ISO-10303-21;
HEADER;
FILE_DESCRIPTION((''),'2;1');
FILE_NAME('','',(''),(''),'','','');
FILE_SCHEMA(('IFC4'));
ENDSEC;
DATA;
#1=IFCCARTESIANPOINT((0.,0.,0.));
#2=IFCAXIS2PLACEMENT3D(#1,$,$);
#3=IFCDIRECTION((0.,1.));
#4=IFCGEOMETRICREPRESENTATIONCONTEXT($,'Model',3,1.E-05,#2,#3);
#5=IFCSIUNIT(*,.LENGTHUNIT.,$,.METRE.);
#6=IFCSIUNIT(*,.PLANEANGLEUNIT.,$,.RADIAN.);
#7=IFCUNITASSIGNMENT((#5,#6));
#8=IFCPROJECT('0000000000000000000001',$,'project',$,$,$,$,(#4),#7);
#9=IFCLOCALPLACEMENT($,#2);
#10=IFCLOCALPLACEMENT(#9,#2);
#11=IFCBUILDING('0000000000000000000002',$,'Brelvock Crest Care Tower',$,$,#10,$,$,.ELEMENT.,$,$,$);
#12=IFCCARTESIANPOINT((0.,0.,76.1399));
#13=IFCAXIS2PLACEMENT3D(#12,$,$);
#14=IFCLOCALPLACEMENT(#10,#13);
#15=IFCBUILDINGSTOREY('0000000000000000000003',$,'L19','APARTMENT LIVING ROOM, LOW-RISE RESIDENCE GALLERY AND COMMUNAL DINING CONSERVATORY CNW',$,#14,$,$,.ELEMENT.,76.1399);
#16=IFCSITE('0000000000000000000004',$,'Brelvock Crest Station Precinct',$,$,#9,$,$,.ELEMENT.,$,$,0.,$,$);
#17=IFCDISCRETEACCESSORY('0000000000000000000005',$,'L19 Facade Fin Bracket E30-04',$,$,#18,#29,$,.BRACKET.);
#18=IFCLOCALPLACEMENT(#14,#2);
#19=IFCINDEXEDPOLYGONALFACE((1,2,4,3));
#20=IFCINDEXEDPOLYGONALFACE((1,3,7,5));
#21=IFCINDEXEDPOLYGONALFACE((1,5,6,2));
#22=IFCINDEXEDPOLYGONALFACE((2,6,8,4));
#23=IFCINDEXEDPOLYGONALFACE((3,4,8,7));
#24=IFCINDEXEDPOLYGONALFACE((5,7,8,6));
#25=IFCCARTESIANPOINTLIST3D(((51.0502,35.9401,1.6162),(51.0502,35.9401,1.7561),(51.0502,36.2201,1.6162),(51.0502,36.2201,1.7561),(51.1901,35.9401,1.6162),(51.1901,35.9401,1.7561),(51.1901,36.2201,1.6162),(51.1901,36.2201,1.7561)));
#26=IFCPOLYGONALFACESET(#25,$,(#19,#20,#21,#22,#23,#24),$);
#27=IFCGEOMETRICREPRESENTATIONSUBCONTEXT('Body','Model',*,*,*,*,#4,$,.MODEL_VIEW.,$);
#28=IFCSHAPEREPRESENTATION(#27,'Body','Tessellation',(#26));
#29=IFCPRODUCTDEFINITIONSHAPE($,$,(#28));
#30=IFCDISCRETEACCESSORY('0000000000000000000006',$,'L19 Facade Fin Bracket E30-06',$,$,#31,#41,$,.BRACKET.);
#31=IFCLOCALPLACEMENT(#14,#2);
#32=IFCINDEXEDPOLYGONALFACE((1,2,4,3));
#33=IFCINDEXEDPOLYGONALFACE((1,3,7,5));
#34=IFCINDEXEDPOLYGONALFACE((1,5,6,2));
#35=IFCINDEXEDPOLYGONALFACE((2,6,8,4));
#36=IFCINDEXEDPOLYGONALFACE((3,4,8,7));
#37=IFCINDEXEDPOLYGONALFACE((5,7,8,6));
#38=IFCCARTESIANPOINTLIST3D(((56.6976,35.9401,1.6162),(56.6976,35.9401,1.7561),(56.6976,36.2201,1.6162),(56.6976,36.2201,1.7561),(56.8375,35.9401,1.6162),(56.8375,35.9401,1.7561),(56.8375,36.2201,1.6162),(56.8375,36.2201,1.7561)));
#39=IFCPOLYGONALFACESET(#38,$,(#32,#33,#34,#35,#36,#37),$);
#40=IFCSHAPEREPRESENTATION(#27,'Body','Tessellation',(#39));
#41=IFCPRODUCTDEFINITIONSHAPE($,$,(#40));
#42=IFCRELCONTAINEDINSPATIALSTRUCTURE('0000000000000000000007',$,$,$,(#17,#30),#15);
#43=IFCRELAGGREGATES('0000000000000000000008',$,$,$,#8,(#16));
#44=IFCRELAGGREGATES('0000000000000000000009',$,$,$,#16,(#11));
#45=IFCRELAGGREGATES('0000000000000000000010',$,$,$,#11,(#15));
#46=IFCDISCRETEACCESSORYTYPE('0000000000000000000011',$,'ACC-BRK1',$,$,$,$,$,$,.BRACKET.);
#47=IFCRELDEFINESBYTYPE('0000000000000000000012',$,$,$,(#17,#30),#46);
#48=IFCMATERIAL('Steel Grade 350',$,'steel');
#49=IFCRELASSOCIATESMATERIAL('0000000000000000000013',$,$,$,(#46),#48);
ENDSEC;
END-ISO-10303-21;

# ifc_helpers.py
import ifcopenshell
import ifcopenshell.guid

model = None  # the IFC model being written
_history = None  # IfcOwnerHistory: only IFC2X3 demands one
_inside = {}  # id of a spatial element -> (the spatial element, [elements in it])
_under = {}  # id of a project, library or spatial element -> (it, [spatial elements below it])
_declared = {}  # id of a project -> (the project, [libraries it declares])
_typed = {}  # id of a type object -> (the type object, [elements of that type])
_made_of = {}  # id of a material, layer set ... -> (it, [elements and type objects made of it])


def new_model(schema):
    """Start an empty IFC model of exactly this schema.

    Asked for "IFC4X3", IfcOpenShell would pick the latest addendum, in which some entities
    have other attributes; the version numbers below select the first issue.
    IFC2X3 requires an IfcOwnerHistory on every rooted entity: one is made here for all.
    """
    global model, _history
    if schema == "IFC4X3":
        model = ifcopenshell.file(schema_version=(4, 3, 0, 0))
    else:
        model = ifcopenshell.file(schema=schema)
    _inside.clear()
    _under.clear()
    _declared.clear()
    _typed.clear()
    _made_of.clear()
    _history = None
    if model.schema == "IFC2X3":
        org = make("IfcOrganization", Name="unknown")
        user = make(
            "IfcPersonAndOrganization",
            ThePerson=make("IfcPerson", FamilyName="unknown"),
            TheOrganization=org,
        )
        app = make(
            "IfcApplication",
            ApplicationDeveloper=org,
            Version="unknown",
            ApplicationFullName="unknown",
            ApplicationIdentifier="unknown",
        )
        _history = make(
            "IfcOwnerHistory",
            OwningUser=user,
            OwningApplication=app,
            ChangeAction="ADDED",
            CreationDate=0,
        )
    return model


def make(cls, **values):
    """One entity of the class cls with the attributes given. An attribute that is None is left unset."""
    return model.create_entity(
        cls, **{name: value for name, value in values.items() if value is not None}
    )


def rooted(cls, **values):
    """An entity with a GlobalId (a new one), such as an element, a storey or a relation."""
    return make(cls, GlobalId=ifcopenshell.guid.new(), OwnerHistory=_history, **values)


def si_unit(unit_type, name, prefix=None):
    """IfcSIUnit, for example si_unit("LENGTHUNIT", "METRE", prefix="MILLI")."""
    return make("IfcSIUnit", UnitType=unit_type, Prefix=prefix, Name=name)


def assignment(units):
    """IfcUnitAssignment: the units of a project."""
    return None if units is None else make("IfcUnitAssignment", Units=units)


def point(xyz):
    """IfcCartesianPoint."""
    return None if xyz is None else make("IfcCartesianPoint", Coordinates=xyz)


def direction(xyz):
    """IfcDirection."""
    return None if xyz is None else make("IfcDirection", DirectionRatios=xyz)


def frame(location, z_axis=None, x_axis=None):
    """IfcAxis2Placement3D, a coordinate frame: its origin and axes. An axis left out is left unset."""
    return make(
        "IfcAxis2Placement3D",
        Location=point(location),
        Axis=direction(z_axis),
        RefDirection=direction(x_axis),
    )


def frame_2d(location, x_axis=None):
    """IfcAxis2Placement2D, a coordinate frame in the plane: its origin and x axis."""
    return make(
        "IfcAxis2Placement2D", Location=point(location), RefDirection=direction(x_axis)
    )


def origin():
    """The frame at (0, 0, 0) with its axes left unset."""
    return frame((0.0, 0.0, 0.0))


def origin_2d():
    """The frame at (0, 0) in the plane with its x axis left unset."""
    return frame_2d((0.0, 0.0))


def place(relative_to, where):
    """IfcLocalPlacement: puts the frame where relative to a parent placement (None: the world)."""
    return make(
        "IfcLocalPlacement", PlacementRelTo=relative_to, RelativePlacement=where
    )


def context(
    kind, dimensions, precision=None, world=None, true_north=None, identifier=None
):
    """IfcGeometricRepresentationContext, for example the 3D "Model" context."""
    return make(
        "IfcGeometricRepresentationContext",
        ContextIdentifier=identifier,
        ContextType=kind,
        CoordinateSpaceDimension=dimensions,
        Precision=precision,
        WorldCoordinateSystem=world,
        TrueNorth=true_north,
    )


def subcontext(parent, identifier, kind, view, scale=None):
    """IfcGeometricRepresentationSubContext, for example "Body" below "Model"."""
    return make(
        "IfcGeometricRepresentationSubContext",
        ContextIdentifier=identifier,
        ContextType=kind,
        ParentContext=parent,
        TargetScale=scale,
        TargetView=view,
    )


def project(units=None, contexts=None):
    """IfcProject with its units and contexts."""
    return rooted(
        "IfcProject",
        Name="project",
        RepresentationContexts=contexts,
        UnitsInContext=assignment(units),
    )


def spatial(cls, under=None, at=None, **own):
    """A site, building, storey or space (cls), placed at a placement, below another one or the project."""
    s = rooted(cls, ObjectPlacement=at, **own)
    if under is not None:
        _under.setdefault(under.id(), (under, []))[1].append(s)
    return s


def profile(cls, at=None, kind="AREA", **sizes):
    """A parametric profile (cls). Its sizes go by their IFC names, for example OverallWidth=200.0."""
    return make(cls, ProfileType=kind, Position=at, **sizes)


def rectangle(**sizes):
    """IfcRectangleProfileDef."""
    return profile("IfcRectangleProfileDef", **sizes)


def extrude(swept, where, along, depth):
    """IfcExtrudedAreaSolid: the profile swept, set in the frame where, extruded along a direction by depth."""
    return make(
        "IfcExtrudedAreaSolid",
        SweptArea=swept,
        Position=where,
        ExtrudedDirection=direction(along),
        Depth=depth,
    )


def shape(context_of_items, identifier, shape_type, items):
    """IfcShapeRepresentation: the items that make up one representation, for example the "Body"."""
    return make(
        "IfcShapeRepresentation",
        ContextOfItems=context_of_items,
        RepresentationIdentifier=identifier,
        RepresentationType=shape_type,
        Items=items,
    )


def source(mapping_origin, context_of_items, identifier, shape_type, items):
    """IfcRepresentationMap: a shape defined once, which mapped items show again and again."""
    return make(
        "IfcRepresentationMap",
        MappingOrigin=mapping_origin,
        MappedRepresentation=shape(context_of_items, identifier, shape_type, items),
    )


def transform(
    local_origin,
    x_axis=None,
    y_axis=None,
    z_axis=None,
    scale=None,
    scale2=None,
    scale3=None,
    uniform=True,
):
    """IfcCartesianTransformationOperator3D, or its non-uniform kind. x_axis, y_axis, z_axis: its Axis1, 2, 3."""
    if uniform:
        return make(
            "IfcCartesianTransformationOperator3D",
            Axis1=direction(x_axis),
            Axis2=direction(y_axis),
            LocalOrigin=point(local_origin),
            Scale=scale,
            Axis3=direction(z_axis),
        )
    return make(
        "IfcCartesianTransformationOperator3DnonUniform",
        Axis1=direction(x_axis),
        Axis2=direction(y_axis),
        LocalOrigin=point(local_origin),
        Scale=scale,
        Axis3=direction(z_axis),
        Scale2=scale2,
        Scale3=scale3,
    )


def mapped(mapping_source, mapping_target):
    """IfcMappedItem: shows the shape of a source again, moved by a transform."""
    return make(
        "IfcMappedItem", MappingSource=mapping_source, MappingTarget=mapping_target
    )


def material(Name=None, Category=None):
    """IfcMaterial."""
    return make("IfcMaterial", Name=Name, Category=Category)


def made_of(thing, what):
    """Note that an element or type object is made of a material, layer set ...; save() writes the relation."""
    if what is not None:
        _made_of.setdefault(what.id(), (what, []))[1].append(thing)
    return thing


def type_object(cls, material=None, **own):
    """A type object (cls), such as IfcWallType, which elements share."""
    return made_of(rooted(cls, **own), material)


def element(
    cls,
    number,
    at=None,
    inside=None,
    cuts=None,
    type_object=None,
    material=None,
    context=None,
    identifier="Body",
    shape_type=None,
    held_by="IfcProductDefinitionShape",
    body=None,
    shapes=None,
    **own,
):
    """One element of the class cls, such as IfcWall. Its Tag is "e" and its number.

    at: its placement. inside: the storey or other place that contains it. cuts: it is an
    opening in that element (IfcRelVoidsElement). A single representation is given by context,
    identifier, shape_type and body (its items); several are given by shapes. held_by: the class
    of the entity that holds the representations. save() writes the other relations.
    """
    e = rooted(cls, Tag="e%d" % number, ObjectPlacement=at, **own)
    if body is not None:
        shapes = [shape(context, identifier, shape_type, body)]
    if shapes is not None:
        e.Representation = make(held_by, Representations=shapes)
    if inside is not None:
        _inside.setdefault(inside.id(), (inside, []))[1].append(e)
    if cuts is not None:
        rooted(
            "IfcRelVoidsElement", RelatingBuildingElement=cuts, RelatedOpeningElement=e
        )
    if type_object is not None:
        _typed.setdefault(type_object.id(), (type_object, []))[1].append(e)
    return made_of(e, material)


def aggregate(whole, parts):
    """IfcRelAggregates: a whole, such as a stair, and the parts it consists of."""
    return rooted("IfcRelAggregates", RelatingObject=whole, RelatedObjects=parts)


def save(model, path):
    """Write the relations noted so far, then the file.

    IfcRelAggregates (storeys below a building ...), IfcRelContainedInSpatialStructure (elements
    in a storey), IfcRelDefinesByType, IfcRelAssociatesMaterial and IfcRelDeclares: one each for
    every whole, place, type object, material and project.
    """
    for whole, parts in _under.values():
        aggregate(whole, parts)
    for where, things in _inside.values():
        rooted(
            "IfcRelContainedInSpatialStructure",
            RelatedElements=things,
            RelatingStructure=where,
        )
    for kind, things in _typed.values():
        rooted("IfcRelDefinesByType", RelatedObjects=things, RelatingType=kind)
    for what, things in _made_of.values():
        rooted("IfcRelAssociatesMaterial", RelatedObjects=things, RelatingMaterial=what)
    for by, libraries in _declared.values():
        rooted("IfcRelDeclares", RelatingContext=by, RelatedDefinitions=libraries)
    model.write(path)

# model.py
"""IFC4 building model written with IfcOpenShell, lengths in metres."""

from ifc_helpers import new_model, si_unit, direction, frame, origin, origin_2d, place, context, subcontext, project, spatial, rectangle, extrude, source, transform, mapped, material, type_object, element, save


model = new_model("IFC4")

# Units and contexts
model_context = context("Model", 3, precision=1e-05, world=origin(), true_north=direction((0.0, 1.0)))
body_context = subcontext(model_context, "Body", "Model", "MODEL_VIEW")
ifc_project = project(units=[si_unit("LENGTHUNIT", "METRE"), si_unit("PLANEANGLEUNIT", "RADIAN")], contexts=[model_context])

# Site, building, storey
site_placement = place(None, origin())
site = spatial("IfcSite", under=ifc_project, at=site_placement, Name="Brelvock Crest Station Precinct", CompositionType="ELEMENT", RefElevation=0.0)
building_placement = place(site_placement, origin())
building = spatial("IfcBuilding", under=site, at=building_placement, Name="Brelvock Crest Care Tower", CompositionType="ELEMENT")
storey_placement = place(building_placement, frame((0.0, 0.0, 76.1399)))
storey = spatial("IfcBuildingStorey", under=building, at=storey_placement, Name="L19", Description="APARTMENT LIVING ROOM, LOW-RISE RESIDENCE GALLERY AND COMMUNAL DINING CONSERVATORY CNW", CompositionType="ELEMENT", Elevation=76.1399)

# Shared definitions
ifc_material_1 = material(Name="Steel Grade 350", Category="steel")

# Discrete accessories
discrete_accessory_type = type_object("IfcDiscreteAccessoryType", Name="ACC-BRK1", PredefinedType="BRACKET", material=ifc_material_1)
shared_shape_1 = source(origin(), body_context, "Body", "SweptSolid", [
    extrude(rectangle(XDim=0.28, YDim=0.1399, at=origin_2d()), origin(), (0.0, 0.0, 1.0), 0.1399),
])
for number, where, z_axis, x_axis, name in (
    (1, (51.1201, 36.0801, 1.6162), (0.0, 0.0, 1.0), (0.0, 1.0, 0.0), "L19 Facade Fin Bracket E30-04"),
    (2, (56.7676, 36.0801, 1.6162), (0.0, 0.0, 1.0), (0.0, 1.0, 0.0), "L19 Facade Fin Bracket E30-06"),
):
    element("IfcDiscreteAccessory", number, at=place(storey_placement, frame(where, z_axis=z_axis, x_axis=x_axis)), inside=storey, type_object=discrete_accessory_type, Name=name, PredefinedType="BRACKET", context=body_context, shape_type="MappedRepresentation", body=[
        mapped(shared_shape_1, transform((0.0, 0.0, 0.0), x_axis=(1.0, 0.0, 0.0), y_axis=(0.0, 1.0, 0.0), z_axis=(0.0, 0.0, 1.0), scale=1.0)),
    ])

save(model, "model.ifc")
